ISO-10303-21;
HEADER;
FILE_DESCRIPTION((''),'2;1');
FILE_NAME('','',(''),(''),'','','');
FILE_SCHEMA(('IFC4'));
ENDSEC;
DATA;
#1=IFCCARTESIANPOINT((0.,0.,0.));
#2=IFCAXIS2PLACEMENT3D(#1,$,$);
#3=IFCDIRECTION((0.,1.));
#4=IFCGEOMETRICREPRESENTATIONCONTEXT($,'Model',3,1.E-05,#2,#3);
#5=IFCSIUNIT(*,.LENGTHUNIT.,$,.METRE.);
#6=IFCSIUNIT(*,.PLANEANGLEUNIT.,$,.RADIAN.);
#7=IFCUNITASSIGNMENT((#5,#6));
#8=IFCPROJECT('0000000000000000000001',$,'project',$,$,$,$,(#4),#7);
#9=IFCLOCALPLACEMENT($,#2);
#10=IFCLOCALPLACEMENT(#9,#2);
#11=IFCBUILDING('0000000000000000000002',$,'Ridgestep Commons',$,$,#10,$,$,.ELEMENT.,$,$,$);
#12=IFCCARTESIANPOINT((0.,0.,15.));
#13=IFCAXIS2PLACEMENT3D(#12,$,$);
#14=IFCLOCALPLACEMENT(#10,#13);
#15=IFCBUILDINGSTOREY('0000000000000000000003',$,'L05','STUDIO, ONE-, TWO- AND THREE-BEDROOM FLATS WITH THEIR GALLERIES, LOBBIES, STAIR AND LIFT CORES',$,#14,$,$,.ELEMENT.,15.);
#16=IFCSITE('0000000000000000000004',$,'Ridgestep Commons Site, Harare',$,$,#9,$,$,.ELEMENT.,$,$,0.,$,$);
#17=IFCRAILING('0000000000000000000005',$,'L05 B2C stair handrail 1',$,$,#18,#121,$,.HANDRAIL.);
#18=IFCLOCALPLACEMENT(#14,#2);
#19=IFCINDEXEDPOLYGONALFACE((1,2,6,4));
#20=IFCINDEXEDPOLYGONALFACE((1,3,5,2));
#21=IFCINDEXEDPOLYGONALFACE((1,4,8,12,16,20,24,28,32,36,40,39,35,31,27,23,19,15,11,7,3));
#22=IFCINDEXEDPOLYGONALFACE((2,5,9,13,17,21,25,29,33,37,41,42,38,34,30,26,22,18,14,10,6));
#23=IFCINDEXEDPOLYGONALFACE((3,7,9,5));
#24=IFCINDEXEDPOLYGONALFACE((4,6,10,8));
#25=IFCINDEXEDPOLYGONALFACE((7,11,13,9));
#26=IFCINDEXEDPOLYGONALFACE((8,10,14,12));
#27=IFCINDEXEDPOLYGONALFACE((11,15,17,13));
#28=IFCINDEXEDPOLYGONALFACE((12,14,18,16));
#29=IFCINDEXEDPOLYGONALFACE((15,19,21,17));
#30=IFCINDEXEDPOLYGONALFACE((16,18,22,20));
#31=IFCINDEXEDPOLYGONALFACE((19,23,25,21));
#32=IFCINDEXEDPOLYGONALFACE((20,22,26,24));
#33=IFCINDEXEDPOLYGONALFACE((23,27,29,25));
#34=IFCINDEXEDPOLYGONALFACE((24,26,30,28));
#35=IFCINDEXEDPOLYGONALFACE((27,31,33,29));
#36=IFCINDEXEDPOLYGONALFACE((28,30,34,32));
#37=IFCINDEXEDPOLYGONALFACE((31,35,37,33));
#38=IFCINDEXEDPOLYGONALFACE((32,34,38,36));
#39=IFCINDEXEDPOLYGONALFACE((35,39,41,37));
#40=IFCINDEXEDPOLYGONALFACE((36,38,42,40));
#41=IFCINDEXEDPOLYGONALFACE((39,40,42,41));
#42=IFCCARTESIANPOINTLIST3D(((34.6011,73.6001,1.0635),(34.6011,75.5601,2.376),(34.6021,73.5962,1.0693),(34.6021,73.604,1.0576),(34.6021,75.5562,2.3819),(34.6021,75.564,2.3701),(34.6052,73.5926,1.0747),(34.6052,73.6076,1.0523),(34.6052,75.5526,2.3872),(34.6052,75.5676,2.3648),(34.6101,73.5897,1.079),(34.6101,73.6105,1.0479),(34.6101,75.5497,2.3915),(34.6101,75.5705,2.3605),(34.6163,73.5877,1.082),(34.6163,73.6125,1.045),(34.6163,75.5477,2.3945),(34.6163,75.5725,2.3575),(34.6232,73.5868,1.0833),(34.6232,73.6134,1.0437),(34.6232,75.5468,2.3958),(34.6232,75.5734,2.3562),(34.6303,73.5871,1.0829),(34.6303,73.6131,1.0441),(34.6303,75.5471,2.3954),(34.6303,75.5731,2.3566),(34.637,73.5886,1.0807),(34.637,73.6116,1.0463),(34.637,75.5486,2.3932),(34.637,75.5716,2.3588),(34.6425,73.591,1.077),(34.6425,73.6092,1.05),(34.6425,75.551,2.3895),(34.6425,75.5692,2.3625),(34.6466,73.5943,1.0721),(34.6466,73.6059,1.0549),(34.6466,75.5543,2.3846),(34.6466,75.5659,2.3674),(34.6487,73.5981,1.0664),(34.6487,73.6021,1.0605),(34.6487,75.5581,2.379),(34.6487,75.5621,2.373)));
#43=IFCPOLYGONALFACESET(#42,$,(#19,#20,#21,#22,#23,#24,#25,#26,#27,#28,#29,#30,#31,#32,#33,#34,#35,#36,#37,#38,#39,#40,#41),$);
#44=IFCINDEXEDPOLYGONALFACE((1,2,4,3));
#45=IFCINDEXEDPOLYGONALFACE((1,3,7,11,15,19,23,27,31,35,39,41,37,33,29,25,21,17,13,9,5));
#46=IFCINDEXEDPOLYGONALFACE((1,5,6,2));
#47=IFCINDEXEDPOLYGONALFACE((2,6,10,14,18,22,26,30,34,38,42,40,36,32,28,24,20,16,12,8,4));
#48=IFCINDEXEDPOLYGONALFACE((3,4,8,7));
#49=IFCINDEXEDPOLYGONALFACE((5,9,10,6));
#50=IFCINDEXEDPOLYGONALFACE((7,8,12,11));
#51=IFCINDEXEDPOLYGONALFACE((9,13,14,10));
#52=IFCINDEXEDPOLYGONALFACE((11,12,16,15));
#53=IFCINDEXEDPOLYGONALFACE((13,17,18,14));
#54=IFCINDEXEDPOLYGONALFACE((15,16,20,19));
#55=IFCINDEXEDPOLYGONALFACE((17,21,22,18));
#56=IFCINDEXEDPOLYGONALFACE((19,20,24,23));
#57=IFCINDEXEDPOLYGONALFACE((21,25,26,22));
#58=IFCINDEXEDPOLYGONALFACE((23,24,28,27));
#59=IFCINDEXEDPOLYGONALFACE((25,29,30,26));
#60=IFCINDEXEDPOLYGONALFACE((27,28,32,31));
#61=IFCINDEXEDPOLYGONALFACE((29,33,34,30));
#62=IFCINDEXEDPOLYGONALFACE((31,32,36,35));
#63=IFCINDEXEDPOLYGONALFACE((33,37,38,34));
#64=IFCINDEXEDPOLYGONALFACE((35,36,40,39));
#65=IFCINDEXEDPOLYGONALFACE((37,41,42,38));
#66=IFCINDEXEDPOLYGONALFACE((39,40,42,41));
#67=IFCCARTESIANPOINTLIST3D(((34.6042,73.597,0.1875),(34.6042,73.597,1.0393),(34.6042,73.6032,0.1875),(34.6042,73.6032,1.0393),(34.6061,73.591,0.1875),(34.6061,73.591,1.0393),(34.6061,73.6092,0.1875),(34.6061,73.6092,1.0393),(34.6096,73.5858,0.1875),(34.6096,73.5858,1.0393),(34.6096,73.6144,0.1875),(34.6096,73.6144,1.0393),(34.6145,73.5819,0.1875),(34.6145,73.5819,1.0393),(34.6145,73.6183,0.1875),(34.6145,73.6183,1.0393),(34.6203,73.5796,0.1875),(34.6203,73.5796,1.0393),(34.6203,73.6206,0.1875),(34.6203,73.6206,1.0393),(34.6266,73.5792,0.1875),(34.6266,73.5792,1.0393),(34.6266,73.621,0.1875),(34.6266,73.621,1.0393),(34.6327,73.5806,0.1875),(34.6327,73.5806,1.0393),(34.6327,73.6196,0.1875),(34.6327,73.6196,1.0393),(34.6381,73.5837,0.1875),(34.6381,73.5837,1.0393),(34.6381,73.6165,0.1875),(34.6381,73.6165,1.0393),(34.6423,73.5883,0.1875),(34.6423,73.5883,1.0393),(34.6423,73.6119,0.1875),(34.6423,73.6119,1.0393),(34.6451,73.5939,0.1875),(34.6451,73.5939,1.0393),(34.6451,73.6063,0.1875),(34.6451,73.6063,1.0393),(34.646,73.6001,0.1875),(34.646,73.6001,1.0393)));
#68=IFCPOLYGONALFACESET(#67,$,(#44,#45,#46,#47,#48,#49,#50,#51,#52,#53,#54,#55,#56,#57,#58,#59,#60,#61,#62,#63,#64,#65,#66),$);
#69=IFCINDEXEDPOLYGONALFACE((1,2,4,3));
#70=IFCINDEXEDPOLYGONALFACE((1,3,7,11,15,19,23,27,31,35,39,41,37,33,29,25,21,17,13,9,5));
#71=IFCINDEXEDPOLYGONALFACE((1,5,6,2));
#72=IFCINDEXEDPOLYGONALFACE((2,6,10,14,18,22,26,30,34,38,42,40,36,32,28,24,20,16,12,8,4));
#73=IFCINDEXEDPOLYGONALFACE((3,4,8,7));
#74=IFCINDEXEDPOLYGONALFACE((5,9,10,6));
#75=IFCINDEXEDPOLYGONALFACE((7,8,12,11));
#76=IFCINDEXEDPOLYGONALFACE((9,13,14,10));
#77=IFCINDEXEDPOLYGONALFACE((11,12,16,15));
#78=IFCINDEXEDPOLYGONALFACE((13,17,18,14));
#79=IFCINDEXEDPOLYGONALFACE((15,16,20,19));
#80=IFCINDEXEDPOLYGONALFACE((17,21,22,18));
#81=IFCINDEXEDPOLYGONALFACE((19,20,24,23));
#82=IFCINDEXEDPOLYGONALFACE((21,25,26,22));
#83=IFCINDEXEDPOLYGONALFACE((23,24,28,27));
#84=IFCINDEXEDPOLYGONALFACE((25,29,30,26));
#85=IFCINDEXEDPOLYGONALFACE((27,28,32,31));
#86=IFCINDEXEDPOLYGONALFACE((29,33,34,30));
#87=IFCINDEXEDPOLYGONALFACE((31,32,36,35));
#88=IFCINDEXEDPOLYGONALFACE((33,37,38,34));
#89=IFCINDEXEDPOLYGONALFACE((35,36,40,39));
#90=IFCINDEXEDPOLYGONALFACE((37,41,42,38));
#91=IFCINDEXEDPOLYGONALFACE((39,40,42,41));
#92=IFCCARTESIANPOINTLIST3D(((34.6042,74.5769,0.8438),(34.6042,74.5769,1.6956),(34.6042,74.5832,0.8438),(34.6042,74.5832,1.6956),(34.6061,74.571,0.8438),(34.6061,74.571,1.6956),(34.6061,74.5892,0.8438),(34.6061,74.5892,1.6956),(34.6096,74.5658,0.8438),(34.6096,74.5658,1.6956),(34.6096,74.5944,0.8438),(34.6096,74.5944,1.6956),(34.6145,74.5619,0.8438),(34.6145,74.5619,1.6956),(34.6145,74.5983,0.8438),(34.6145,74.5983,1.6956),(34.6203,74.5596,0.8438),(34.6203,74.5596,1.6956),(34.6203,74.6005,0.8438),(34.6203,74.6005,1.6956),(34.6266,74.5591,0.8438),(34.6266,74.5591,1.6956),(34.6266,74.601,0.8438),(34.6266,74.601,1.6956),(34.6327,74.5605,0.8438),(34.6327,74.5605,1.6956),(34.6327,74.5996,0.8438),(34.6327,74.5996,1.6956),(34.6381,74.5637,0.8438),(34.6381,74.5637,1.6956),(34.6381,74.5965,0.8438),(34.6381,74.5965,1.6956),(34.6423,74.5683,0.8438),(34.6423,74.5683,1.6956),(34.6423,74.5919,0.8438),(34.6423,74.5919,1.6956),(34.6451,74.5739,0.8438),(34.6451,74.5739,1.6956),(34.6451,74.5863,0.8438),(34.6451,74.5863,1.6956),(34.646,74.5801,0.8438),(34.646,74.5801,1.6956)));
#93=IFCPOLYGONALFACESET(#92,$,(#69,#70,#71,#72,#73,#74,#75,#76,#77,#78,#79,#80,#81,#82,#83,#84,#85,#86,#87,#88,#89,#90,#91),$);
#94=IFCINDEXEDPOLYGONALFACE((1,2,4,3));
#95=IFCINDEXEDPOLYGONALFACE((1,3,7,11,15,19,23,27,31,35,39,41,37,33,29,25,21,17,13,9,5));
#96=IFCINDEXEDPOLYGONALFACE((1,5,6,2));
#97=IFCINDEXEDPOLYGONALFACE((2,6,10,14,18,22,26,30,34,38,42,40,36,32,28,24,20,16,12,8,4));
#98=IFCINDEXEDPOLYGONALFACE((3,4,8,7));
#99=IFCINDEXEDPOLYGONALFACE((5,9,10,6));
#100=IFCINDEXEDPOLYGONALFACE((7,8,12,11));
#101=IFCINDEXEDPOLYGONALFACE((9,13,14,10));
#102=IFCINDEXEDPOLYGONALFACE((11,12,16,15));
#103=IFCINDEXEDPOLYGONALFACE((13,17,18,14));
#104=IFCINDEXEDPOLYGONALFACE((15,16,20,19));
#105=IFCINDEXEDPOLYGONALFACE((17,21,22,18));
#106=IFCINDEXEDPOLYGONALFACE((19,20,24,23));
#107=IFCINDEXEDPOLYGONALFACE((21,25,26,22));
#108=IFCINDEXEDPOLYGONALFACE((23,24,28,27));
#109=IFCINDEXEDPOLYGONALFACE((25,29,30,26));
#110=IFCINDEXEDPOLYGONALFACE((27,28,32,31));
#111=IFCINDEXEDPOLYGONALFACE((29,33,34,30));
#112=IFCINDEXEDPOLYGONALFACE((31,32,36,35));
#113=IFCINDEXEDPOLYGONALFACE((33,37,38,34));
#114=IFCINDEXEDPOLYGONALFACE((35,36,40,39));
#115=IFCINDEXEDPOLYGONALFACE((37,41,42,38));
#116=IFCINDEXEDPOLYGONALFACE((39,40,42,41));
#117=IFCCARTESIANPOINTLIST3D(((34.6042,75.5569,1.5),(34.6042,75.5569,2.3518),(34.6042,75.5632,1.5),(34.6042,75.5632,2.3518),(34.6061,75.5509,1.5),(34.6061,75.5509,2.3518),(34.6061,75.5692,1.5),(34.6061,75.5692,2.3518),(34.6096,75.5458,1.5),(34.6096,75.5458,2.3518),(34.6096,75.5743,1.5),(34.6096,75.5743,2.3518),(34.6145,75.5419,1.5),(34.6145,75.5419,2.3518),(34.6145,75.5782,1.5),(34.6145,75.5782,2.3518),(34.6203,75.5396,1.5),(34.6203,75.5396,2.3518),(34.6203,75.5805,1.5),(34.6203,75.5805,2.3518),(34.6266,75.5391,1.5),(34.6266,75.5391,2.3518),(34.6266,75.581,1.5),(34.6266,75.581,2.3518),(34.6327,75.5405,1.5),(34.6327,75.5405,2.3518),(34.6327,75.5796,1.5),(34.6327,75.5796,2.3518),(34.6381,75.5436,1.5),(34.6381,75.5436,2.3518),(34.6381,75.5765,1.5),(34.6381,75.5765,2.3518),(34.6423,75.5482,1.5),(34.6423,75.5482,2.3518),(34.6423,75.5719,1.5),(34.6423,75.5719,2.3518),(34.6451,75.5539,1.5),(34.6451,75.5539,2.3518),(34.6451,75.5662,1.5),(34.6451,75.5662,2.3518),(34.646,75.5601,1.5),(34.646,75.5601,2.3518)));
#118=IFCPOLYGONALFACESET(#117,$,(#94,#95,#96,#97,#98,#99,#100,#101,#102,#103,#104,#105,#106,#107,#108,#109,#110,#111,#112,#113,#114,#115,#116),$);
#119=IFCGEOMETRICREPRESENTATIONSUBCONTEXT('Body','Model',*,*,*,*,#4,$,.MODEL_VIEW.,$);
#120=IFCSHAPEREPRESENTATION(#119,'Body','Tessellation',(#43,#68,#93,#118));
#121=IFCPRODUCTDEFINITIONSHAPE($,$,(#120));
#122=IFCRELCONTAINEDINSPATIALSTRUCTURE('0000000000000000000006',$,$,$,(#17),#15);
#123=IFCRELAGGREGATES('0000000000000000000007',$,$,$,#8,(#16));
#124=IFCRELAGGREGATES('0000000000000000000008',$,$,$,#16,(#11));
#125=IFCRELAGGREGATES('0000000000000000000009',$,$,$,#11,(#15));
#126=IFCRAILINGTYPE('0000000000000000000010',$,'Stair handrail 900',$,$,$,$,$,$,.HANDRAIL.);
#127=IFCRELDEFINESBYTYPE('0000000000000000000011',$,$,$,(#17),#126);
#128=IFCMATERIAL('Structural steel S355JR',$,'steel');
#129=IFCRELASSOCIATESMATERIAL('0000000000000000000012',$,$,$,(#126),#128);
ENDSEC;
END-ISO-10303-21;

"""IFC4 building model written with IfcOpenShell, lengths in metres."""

from ifc_helpers import new_model, si_unit, direction, frame, origin, origin_2d, place, context, subcontext, project, spatial, circle, extrude, material, type_object, element, save


model = new_model("IFC4")

# Units and contexts
model_context = context("Model", 3, precision=1e-05, world=origin(), true_north=direction((0.0, 1.0)))
body_context = subcontext(model_context, "Body", "Model", "MODEL_VIEW")
ifc_project = project(units=[si_unit("LENGTHUNIT", "METRE"), si_unit("PLANEANGLEUNIT", "RADIAN")], contexts=[model_context])

# Site, building, storey
site_placement = place(None, origin())
site = spatial("IfcSite", under=ifc_project, at=site_placement, Name="Ridgestep Commons Site, Harare", CompositionType="ELEMENT", RefElevation=0.0)
building_placement = place(site_placement, origin())
building = spatial("IfcBuilding", under=site, at=building_placement, Name="Ridgestep Commons", CompositionType="ELEMENT")
storey_placement = place(building_placement, frame((0.0, 0.0, 15.0)))
storey = spatial("IfcBuildingStorey", under=building, at=storey_placement, Name="L05", Description="STUDIO, ONE-, TWO- AND THREE-BEDROOM FLATS WITH THEIR GALLERIES, LOBBIES, STAIR AND LIFT CORES", CompositionType="ELEMENT", Elevation=15.0)

# Railing
ifc_material_1 = material(Name="Structural steel S355JR", Category="steel")
railing_type_1 = type_object("IfcRailingType", Name="Stair handrail 900", PredefinedType="HANDRAIL", material=ifc_material_1)
railing_1_placement = place(storey_placement, frame((34.625, 73.6001, 0.1875)))
element("IfcRailing", 1, at=railing_1_placement, inside=storey, type_object=railing_type_1, Name="L05 B2C stair handrail 1", PredefinedType="HANDRAIL", context=body_context, shape_type="SweptSolid", body=[
    extrude(circle(Radius=0.0239, at=origin_2d()), frame((0.0, 0.0, 0.876), z_axis=(0.0, 0.830902, 0.556419), x_axis=(-1.0, 0.0, 0.0)), (0.0, 0.0, 1.0), 2.3589),
    extrude(circle(Radius=0.021, at=origin_2d()), origin(), (0.0, 0.0, 1.0), 0.8518),
    extrude(circle(Radius=0.021, at=origin_2d()), frame((0.0, 0.98, 0.6562)), (0.0, 0.0, 1.0), 0.8518),
    extrude(circle(Radius=0.021, at=origin_2d()), frame((0.0, 1.96, 1.3125)), (0.0, 0.0, 1.0), 0.8518),
])

save(model, "model.ifc")
